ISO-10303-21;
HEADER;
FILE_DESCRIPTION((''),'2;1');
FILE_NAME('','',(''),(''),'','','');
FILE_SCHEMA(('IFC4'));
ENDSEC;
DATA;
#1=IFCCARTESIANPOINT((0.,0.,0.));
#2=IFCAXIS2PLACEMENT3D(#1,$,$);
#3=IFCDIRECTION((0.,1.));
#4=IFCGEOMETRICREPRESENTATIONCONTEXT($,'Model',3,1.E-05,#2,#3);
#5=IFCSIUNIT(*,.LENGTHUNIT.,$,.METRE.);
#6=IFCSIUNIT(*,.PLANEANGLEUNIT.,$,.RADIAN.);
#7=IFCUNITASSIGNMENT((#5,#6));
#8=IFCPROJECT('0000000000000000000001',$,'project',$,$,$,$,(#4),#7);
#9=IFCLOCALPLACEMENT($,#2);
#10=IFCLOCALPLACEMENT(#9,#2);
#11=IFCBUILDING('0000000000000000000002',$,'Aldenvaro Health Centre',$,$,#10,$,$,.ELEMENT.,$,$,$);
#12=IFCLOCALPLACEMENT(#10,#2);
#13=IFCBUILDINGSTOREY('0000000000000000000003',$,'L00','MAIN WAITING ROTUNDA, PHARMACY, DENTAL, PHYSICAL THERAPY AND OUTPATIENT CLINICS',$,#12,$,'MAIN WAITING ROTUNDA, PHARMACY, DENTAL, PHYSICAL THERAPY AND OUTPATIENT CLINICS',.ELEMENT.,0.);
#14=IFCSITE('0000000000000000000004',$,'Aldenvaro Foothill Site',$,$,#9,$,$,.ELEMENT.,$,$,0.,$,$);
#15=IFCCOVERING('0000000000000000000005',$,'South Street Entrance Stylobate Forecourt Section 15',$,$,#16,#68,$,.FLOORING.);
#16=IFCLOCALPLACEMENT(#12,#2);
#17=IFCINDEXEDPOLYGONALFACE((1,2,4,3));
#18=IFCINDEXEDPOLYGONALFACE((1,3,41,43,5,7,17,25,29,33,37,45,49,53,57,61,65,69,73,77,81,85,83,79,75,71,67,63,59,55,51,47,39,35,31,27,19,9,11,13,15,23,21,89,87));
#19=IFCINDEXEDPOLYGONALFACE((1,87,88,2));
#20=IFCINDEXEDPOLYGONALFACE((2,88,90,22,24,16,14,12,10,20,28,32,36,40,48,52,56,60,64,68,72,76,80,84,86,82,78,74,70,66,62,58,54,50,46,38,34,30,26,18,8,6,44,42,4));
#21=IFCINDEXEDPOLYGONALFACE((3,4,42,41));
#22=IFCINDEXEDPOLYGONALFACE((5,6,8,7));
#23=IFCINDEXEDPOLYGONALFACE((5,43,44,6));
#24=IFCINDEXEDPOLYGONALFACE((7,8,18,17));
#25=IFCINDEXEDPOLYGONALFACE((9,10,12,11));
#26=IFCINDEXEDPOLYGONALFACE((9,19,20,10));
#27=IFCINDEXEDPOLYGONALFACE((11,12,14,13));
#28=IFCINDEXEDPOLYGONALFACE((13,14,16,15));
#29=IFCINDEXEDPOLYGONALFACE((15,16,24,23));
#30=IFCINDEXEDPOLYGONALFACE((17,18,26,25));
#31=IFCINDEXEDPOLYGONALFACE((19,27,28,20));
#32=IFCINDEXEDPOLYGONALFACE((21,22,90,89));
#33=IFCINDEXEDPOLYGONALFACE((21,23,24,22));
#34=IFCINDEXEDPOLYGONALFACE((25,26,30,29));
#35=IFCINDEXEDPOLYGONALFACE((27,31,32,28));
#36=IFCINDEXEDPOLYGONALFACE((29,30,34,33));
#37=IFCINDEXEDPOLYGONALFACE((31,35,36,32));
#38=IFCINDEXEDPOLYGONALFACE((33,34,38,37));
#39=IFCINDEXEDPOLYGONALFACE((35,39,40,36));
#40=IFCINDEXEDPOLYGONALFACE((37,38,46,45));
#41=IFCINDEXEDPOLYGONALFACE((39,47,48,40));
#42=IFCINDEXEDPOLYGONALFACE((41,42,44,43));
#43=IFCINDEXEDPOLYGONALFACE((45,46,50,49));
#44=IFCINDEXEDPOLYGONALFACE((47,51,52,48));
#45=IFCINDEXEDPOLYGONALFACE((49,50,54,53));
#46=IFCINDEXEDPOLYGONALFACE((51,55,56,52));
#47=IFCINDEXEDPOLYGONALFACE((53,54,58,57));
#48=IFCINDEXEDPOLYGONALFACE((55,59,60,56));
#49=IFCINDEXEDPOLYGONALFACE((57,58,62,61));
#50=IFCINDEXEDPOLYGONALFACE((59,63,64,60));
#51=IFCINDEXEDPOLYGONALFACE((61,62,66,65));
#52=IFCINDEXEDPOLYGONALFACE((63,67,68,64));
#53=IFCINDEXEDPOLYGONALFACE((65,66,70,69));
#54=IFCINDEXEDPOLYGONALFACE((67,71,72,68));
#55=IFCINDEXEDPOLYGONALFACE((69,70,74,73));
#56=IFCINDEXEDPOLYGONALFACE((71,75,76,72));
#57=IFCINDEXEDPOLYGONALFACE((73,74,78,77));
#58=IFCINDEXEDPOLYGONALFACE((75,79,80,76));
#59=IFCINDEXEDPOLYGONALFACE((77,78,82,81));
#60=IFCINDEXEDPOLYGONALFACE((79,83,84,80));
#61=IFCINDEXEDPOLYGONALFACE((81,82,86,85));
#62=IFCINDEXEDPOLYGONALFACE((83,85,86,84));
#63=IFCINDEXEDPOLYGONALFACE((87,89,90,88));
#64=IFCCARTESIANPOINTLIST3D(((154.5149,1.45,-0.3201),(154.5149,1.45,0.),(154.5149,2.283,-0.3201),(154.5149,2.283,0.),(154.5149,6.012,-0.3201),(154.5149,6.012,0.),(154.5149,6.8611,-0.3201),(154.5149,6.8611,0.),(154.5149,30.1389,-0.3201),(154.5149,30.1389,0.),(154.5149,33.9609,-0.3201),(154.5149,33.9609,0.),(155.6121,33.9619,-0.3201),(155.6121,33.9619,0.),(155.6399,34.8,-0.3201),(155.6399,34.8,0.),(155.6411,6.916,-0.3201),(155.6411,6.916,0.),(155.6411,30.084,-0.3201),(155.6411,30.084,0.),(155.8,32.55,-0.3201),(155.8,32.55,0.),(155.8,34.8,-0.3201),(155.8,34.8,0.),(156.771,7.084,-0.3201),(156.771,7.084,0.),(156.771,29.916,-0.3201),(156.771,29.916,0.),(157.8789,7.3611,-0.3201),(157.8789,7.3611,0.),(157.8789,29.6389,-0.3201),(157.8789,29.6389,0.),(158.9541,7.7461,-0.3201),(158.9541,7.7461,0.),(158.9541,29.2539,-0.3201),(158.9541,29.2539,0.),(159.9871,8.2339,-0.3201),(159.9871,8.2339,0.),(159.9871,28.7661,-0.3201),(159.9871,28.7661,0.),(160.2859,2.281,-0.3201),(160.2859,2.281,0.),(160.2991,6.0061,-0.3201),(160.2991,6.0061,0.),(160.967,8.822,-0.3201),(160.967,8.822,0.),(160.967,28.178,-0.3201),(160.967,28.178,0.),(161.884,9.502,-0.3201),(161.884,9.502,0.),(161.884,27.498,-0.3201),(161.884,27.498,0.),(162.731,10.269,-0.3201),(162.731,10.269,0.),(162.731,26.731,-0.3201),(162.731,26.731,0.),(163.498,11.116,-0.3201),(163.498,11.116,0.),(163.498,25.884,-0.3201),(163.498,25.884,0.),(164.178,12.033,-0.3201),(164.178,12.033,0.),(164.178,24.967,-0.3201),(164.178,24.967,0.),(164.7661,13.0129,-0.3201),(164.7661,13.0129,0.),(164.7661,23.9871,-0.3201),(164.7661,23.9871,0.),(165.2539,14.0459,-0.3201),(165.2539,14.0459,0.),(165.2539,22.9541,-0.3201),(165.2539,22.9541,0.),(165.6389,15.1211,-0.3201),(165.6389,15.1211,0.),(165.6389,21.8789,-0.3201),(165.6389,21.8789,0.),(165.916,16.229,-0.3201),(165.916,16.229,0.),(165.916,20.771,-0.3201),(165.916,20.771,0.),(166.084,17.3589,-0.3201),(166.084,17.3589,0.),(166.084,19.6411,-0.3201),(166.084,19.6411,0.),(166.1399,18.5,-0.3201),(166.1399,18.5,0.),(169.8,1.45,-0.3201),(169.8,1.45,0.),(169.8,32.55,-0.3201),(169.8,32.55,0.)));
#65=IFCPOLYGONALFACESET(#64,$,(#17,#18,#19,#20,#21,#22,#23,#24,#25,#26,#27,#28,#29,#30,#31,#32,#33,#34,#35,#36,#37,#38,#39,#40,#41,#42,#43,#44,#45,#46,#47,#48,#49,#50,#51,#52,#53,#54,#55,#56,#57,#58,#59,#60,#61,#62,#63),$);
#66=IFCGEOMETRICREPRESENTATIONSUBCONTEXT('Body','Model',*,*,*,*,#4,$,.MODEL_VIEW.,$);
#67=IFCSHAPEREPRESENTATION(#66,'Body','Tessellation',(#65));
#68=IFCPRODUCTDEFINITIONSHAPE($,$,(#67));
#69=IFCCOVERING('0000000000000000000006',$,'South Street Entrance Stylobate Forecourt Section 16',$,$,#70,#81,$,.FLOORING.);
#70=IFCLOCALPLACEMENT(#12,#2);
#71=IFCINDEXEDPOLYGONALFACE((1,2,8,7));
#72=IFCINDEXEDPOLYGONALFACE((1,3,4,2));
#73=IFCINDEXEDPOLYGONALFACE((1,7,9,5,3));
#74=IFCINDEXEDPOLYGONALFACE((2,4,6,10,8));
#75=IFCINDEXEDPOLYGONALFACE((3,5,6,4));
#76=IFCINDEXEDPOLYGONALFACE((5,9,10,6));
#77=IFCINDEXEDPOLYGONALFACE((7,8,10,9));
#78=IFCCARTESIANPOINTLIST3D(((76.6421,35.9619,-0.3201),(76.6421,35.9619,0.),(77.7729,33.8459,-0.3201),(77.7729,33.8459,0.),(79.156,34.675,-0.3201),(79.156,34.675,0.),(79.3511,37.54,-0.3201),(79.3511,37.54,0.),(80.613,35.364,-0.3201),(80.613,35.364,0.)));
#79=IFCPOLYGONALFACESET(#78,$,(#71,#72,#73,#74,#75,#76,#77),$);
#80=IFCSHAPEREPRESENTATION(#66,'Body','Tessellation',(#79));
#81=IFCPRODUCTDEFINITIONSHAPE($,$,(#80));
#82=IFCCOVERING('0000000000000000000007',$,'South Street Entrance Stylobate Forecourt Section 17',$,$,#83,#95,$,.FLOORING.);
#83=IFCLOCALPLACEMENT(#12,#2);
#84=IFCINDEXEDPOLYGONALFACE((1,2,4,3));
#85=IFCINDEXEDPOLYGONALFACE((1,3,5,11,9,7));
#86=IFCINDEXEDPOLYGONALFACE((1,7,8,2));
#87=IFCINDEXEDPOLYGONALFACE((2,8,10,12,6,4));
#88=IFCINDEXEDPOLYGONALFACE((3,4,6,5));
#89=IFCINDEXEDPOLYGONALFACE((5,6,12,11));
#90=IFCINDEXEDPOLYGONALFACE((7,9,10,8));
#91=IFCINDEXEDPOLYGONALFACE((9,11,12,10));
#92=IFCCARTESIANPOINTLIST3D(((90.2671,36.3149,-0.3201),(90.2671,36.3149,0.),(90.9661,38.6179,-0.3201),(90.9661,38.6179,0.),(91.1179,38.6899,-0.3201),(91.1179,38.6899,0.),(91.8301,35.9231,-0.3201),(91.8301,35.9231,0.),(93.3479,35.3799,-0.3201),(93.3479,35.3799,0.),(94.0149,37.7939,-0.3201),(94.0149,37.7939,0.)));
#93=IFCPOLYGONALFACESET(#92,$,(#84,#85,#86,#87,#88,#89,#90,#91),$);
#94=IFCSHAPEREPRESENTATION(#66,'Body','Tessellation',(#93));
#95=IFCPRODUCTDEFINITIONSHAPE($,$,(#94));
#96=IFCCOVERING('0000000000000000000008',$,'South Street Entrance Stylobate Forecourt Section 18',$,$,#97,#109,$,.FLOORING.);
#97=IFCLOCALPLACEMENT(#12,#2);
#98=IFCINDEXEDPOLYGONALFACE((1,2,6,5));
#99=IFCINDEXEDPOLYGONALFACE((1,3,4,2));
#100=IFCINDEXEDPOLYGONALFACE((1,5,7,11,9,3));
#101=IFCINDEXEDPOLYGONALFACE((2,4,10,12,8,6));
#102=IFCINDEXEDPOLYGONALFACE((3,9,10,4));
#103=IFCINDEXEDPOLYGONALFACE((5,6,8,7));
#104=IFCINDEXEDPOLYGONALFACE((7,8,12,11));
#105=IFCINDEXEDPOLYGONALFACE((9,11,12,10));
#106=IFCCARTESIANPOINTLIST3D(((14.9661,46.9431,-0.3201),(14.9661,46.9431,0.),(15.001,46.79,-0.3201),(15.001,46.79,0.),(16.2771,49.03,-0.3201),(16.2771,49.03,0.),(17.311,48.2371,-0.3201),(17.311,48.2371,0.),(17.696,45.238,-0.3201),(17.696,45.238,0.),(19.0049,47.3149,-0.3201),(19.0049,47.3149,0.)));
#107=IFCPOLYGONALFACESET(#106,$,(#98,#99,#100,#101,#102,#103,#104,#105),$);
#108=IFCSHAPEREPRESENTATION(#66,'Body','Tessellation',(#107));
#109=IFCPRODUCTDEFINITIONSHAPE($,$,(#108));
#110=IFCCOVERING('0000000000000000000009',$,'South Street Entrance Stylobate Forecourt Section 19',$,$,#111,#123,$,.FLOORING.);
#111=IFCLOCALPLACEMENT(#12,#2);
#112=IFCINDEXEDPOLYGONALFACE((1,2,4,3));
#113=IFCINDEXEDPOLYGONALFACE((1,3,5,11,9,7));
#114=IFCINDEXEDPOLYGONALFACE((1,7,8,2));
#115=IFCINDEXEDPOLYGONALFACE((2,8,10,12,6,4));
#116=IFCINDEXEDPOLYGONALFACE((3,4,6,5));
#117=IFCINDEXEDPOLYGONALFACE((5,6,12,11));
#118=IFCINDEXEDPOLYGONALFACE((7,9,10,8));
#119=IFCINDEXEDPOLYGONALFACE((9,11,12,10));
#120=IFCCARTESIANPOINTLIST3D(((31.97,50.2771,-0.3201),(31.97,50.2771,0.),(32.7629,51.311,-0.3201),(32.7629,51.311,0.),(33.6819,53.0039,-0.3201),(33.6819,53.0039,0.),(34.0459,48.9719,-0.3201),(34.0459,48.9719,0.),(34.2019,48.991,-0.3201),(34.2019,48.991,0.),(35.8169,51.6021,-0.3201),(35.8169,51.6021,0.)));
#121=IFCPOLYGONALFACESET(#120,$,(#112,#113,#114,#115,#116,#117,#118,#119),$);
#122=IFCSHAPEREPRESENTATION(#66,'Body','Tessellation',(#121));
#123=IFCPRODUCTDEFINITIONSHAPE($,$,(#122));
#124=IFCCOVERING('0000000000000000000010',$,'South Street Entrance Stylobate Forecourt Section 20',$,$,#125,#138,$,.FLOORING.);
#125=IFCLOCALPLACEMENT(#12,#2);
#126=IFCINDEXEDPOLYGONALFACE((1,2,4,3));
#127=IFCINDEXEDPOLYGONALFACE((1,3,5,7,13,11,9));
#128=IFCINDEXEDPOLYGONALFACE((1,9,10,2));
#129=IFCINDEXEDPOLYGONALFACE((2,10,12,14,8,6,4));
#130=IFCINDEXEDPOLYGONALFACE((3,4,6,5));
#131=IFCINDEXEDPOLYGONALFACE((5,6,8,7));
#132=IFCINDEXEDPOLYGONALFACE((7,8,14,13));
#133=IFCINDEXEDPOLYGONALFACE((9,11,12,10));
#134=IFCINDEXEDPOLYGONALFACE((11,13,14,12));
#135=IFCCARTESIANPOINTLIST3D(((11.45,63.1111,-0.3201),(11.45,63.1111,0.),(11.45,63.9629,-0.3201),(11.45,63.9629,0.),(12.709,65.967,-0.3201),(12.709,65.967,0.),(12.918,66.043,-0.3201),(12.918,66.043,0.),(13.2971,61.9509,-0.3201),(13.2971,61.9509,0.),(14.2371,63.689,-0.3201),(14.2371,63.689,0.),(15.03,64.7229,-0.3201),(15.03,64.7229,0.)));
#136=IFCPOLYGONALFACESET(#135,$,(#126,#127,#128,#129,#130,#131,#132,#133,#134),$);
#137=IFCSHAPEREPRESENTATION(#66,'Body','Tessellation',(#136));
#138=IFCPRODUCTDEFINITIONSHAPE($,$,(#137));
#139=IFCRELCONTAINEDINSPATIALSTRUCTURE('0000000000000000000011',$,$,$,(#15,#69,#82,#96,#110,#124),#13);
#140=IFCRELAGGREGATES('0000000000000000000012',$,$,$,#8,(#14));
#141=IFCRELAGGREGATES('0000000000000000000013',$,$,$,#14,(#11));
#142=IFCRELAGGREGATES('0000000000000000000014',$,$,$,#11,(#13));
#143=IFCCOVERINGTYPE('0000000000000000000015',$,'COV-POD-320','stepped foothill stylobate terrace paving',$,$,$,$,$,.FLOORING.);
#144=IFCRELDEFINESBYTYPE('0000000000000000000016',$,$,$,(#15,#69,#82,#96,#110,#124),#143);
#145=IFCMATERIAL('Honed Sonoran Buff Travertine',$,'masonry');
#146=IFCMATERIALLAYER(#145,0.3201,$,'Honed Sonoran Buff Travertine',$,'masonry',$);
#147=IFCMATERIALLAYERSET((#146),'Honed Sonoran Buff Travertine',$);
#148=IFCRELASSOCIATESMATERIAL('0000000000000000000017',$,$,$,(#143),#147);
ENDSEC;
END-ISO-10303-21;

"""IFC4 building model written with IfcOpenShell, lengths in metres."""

from ifc_helpers import new_model, si_unit, direction, frame, origin, place, context, subcontext, project, spatial, polyline, outline, extrude, material, layer, layer_set, type_object, element, save


model = new_model("IFC4")

# Units and contexts
model_context = context("Model", 3, precision=1e-05, world=origin(), true_north=direction((0.0, 1.0)))
body_context = subcontext(model_context, "Body", "Model", "MODEL_VIEW")
ifc_project = project(units=[si_unit("LENGTHUNIT", "METRE"), si_unit("PLANEANGLEUNIT", "RADIAN")], contexts=[model_context])

# Site, building, storey
site_placement = place(None, origin())
site = spatial("IfcSite", under=ifc_project, at=site_placement, Name="Aldenvaro Foothill Site", CompositionType="ELEMENT", RefElevation=0.0)
building_placement = place(site_placement, origin())
building = spatial("IfcBuilding", under=site, at=building_placement, Name="Aldenvaro Health Centre", CompositionType="ELEMENT")
storey_placement = place(building_placement, origin())
storey = spatial("IfcBuildingStorey", under=building, at=storey_placement, Name="L00", Description="MAIN WAITING ROTUNDA, PHARMACY, DENTAL, PHYSICAL THERAPY AND OUTPATIENT CLINICS", LongName="MAIN WAITING ROTUNDA, PHARMACY, DENTAL, PHYSICAL THERAPY AND OUTPATIENT CLINICS", CompositionType="ELEMENT", Elevation=0.0)

# Coverings
ifc_material_1 = material(Name="Honed Sonoran Buff Travertine", Category="masonry")
ifc_layer_1 = layer(ifc_material_1, 0.3201, Name="Honed Sonoran Buff Travertine", Category="masonry")
ifc_layer_set_1 = layer_set([ifc_layer_1], Name="Honed Sonoran Buff Travertine")
covering_type = type_object("IfcCoveringType", Name="COV-POD-320", Description="stepped foothill stylobate terrace paving", PredefinedType="FLOORING", material=ifc_layer_set_1)
covering_1_placement = place(storey_placement, frame((0.0, 0.0, -0.3201)))
element("IfcCovering", 1, at=covering_1_placement, inside=storey, type_object=covering_type, Name="South Street Entrance Stylobate Forecourt Section 15", PredefinedType="FLOORING", context=body_context, shape_type="SweptSolid", body=[
    extrude(outline(polyline([(155.6121, 33.9619), (155.6399, 34.8), (155.8, 34.8), (155.8, 32.55), (169.8, 32.55), (169.8, 1.45), (154.5149, 1.45), (154.5149, 2.283), (160.2859, 2.281), (160.2991, 6.0061), (154.5149, 6.012), (154.5149, 6.8611), (155.6411, 6.916), (156.771, 7.084), (157.8789, 7.3611), (158.9541, 7.7461), (159.9871, 8.2339), (160.967, 8.822), (161.884, 9.502), (162.731, 10.269), (163.498, 11.116), (164.178, 12.033), (164.7661, 13.0129), (165.2539, 14.0459), (165.6389, 15.1211), (165.916, 16.229), (166.084, 17.3589), (166.1399, 18.5), (166.084, 19.6411), (165.916, 20.771), (165.6389, 21.8789), (165.2539, 22.9541), (164.7661, 23.9871), (164.178, 24.967), (163.498, 25.884), (162.731, 26.731), (161.884, 27.498), (160.967, 28.178), (159.9871, 28.7661), (158.9541, 29.2539), (157.8789, 29.6389), (156.771, 29.916), (155.6411, 30.084), (154.5149, 30.1389), (154.5149, 33.9609), (155.6121, 33.9619)])), origin(), (0.0, 0.0, 1.0), 0.3201),
])
covering_2_placement = place(storey_placement, frame((0.0, 0.0, -0.3201)))
element("IfcCovering", 2, at=covering_2_placement, inside=storey, type_object=covering_type, Name="South Street Entrance Stylobate Forecourt Section 16", PredefinedType="FLOORING", context=body_context, shape_type="SweptSolid", body=[
    extrude(outline(polyline([(76.6421, 35.9619), (79.3511, 37.54), (80.613, 35.364), (79.156, 34.675), (77.7729, 33.8459), (76.6421, 35.9619)])), origin(), (0.0, 0.0, 1.0), 0.3201),
])
covering_3_placement = place(storey_placement, frame((0.0, 0.0, -0.3201)))
element("IfcCovering", 3, at=covering_3_placement, inside=storey, type_object=covering_type, Name="South Street Entrance Stylobate Forecourt Section 17", PredefinedType="FLOORING", context=body_context, shape_type="SweptSolid", body=[
    extrude(outline(polyline([(90.9661, 38.6179), (91.1179, 38.6899), (94.0149, 37.7939), (93.3479, 35.3799), (91.8301, 35.9231), (90.2671, 36.3149), (90.9661, 38.6179)])), origin(), (0.0, 0.0, 1.0), 0.3201),
])
covering_4_placement = place(storey_placement, frame((0.0, 0.0, -0.3201)))
element("IfcCovering", 4, at=covering_4_placement, inside=storey, type_object=covering_type, Name="South Street Entrance Stylobate Forecourt Section 18", PredefinedType="FLOORING", context=body_context, shape_type="SweptSolid", body=[
    extrude(outline(polyline([(19.0049, 47.3149), (17.696, 45.238), (15.001, 46.79), (14.9661, 46.9431), (16.2771, 49.03), (17.311, 48.2371), (19.0049, 47.3149)])), origin(), (0.0, 0.0, 1.0), 0.3201),
])
covering_5_placement = place(storey_placement, frame((0.0, 0.0, -0.3201)))
element("IfcCovering", 5, at=covering_5_placement, inside=storey, type_object=covering_type, Name="South Street Entrance Stylobate Forecourt Section 19", PredefinedType="FLOORING", context=body_context, shape_type="SweptSolid", body=[
    extrude(outline(polyline([(33.6819, 53.0039), (35.8169, 51.6021), (34.2019, 48.991), (34.0459, 48.9719), (31.97, 50.2771), (32.7629, 51.311), (33.6819, 53.0039)])), origin(), (0.0, 0.0, 1.0), 0.3201),
])
covering_6_placement = place(storey_placement, frame((0.0, 0.0, -0.3201)))
element("IfcCovering", 6, at=covering_6_placement, inside=storey, type_object=covering_type, Name="South Street Entrance Stylobate Forecourt Section 20", PredefinedType="FLOORING", context=body_context, shape_type="SweptSolid", body=[
    extrude(outline(polyline([(12.918, 66.043), (15.03, 64.7229), (14.2371, 63.689), (13.2971, 61.9509), (11.45, 63.1111), (11.45, 63.9629), (12.709, 65.967), (12.918, 66.043)])), origin(), (0.0, 0.0, 1.0), 0.3201),
])

save(model, "model.ifc")
